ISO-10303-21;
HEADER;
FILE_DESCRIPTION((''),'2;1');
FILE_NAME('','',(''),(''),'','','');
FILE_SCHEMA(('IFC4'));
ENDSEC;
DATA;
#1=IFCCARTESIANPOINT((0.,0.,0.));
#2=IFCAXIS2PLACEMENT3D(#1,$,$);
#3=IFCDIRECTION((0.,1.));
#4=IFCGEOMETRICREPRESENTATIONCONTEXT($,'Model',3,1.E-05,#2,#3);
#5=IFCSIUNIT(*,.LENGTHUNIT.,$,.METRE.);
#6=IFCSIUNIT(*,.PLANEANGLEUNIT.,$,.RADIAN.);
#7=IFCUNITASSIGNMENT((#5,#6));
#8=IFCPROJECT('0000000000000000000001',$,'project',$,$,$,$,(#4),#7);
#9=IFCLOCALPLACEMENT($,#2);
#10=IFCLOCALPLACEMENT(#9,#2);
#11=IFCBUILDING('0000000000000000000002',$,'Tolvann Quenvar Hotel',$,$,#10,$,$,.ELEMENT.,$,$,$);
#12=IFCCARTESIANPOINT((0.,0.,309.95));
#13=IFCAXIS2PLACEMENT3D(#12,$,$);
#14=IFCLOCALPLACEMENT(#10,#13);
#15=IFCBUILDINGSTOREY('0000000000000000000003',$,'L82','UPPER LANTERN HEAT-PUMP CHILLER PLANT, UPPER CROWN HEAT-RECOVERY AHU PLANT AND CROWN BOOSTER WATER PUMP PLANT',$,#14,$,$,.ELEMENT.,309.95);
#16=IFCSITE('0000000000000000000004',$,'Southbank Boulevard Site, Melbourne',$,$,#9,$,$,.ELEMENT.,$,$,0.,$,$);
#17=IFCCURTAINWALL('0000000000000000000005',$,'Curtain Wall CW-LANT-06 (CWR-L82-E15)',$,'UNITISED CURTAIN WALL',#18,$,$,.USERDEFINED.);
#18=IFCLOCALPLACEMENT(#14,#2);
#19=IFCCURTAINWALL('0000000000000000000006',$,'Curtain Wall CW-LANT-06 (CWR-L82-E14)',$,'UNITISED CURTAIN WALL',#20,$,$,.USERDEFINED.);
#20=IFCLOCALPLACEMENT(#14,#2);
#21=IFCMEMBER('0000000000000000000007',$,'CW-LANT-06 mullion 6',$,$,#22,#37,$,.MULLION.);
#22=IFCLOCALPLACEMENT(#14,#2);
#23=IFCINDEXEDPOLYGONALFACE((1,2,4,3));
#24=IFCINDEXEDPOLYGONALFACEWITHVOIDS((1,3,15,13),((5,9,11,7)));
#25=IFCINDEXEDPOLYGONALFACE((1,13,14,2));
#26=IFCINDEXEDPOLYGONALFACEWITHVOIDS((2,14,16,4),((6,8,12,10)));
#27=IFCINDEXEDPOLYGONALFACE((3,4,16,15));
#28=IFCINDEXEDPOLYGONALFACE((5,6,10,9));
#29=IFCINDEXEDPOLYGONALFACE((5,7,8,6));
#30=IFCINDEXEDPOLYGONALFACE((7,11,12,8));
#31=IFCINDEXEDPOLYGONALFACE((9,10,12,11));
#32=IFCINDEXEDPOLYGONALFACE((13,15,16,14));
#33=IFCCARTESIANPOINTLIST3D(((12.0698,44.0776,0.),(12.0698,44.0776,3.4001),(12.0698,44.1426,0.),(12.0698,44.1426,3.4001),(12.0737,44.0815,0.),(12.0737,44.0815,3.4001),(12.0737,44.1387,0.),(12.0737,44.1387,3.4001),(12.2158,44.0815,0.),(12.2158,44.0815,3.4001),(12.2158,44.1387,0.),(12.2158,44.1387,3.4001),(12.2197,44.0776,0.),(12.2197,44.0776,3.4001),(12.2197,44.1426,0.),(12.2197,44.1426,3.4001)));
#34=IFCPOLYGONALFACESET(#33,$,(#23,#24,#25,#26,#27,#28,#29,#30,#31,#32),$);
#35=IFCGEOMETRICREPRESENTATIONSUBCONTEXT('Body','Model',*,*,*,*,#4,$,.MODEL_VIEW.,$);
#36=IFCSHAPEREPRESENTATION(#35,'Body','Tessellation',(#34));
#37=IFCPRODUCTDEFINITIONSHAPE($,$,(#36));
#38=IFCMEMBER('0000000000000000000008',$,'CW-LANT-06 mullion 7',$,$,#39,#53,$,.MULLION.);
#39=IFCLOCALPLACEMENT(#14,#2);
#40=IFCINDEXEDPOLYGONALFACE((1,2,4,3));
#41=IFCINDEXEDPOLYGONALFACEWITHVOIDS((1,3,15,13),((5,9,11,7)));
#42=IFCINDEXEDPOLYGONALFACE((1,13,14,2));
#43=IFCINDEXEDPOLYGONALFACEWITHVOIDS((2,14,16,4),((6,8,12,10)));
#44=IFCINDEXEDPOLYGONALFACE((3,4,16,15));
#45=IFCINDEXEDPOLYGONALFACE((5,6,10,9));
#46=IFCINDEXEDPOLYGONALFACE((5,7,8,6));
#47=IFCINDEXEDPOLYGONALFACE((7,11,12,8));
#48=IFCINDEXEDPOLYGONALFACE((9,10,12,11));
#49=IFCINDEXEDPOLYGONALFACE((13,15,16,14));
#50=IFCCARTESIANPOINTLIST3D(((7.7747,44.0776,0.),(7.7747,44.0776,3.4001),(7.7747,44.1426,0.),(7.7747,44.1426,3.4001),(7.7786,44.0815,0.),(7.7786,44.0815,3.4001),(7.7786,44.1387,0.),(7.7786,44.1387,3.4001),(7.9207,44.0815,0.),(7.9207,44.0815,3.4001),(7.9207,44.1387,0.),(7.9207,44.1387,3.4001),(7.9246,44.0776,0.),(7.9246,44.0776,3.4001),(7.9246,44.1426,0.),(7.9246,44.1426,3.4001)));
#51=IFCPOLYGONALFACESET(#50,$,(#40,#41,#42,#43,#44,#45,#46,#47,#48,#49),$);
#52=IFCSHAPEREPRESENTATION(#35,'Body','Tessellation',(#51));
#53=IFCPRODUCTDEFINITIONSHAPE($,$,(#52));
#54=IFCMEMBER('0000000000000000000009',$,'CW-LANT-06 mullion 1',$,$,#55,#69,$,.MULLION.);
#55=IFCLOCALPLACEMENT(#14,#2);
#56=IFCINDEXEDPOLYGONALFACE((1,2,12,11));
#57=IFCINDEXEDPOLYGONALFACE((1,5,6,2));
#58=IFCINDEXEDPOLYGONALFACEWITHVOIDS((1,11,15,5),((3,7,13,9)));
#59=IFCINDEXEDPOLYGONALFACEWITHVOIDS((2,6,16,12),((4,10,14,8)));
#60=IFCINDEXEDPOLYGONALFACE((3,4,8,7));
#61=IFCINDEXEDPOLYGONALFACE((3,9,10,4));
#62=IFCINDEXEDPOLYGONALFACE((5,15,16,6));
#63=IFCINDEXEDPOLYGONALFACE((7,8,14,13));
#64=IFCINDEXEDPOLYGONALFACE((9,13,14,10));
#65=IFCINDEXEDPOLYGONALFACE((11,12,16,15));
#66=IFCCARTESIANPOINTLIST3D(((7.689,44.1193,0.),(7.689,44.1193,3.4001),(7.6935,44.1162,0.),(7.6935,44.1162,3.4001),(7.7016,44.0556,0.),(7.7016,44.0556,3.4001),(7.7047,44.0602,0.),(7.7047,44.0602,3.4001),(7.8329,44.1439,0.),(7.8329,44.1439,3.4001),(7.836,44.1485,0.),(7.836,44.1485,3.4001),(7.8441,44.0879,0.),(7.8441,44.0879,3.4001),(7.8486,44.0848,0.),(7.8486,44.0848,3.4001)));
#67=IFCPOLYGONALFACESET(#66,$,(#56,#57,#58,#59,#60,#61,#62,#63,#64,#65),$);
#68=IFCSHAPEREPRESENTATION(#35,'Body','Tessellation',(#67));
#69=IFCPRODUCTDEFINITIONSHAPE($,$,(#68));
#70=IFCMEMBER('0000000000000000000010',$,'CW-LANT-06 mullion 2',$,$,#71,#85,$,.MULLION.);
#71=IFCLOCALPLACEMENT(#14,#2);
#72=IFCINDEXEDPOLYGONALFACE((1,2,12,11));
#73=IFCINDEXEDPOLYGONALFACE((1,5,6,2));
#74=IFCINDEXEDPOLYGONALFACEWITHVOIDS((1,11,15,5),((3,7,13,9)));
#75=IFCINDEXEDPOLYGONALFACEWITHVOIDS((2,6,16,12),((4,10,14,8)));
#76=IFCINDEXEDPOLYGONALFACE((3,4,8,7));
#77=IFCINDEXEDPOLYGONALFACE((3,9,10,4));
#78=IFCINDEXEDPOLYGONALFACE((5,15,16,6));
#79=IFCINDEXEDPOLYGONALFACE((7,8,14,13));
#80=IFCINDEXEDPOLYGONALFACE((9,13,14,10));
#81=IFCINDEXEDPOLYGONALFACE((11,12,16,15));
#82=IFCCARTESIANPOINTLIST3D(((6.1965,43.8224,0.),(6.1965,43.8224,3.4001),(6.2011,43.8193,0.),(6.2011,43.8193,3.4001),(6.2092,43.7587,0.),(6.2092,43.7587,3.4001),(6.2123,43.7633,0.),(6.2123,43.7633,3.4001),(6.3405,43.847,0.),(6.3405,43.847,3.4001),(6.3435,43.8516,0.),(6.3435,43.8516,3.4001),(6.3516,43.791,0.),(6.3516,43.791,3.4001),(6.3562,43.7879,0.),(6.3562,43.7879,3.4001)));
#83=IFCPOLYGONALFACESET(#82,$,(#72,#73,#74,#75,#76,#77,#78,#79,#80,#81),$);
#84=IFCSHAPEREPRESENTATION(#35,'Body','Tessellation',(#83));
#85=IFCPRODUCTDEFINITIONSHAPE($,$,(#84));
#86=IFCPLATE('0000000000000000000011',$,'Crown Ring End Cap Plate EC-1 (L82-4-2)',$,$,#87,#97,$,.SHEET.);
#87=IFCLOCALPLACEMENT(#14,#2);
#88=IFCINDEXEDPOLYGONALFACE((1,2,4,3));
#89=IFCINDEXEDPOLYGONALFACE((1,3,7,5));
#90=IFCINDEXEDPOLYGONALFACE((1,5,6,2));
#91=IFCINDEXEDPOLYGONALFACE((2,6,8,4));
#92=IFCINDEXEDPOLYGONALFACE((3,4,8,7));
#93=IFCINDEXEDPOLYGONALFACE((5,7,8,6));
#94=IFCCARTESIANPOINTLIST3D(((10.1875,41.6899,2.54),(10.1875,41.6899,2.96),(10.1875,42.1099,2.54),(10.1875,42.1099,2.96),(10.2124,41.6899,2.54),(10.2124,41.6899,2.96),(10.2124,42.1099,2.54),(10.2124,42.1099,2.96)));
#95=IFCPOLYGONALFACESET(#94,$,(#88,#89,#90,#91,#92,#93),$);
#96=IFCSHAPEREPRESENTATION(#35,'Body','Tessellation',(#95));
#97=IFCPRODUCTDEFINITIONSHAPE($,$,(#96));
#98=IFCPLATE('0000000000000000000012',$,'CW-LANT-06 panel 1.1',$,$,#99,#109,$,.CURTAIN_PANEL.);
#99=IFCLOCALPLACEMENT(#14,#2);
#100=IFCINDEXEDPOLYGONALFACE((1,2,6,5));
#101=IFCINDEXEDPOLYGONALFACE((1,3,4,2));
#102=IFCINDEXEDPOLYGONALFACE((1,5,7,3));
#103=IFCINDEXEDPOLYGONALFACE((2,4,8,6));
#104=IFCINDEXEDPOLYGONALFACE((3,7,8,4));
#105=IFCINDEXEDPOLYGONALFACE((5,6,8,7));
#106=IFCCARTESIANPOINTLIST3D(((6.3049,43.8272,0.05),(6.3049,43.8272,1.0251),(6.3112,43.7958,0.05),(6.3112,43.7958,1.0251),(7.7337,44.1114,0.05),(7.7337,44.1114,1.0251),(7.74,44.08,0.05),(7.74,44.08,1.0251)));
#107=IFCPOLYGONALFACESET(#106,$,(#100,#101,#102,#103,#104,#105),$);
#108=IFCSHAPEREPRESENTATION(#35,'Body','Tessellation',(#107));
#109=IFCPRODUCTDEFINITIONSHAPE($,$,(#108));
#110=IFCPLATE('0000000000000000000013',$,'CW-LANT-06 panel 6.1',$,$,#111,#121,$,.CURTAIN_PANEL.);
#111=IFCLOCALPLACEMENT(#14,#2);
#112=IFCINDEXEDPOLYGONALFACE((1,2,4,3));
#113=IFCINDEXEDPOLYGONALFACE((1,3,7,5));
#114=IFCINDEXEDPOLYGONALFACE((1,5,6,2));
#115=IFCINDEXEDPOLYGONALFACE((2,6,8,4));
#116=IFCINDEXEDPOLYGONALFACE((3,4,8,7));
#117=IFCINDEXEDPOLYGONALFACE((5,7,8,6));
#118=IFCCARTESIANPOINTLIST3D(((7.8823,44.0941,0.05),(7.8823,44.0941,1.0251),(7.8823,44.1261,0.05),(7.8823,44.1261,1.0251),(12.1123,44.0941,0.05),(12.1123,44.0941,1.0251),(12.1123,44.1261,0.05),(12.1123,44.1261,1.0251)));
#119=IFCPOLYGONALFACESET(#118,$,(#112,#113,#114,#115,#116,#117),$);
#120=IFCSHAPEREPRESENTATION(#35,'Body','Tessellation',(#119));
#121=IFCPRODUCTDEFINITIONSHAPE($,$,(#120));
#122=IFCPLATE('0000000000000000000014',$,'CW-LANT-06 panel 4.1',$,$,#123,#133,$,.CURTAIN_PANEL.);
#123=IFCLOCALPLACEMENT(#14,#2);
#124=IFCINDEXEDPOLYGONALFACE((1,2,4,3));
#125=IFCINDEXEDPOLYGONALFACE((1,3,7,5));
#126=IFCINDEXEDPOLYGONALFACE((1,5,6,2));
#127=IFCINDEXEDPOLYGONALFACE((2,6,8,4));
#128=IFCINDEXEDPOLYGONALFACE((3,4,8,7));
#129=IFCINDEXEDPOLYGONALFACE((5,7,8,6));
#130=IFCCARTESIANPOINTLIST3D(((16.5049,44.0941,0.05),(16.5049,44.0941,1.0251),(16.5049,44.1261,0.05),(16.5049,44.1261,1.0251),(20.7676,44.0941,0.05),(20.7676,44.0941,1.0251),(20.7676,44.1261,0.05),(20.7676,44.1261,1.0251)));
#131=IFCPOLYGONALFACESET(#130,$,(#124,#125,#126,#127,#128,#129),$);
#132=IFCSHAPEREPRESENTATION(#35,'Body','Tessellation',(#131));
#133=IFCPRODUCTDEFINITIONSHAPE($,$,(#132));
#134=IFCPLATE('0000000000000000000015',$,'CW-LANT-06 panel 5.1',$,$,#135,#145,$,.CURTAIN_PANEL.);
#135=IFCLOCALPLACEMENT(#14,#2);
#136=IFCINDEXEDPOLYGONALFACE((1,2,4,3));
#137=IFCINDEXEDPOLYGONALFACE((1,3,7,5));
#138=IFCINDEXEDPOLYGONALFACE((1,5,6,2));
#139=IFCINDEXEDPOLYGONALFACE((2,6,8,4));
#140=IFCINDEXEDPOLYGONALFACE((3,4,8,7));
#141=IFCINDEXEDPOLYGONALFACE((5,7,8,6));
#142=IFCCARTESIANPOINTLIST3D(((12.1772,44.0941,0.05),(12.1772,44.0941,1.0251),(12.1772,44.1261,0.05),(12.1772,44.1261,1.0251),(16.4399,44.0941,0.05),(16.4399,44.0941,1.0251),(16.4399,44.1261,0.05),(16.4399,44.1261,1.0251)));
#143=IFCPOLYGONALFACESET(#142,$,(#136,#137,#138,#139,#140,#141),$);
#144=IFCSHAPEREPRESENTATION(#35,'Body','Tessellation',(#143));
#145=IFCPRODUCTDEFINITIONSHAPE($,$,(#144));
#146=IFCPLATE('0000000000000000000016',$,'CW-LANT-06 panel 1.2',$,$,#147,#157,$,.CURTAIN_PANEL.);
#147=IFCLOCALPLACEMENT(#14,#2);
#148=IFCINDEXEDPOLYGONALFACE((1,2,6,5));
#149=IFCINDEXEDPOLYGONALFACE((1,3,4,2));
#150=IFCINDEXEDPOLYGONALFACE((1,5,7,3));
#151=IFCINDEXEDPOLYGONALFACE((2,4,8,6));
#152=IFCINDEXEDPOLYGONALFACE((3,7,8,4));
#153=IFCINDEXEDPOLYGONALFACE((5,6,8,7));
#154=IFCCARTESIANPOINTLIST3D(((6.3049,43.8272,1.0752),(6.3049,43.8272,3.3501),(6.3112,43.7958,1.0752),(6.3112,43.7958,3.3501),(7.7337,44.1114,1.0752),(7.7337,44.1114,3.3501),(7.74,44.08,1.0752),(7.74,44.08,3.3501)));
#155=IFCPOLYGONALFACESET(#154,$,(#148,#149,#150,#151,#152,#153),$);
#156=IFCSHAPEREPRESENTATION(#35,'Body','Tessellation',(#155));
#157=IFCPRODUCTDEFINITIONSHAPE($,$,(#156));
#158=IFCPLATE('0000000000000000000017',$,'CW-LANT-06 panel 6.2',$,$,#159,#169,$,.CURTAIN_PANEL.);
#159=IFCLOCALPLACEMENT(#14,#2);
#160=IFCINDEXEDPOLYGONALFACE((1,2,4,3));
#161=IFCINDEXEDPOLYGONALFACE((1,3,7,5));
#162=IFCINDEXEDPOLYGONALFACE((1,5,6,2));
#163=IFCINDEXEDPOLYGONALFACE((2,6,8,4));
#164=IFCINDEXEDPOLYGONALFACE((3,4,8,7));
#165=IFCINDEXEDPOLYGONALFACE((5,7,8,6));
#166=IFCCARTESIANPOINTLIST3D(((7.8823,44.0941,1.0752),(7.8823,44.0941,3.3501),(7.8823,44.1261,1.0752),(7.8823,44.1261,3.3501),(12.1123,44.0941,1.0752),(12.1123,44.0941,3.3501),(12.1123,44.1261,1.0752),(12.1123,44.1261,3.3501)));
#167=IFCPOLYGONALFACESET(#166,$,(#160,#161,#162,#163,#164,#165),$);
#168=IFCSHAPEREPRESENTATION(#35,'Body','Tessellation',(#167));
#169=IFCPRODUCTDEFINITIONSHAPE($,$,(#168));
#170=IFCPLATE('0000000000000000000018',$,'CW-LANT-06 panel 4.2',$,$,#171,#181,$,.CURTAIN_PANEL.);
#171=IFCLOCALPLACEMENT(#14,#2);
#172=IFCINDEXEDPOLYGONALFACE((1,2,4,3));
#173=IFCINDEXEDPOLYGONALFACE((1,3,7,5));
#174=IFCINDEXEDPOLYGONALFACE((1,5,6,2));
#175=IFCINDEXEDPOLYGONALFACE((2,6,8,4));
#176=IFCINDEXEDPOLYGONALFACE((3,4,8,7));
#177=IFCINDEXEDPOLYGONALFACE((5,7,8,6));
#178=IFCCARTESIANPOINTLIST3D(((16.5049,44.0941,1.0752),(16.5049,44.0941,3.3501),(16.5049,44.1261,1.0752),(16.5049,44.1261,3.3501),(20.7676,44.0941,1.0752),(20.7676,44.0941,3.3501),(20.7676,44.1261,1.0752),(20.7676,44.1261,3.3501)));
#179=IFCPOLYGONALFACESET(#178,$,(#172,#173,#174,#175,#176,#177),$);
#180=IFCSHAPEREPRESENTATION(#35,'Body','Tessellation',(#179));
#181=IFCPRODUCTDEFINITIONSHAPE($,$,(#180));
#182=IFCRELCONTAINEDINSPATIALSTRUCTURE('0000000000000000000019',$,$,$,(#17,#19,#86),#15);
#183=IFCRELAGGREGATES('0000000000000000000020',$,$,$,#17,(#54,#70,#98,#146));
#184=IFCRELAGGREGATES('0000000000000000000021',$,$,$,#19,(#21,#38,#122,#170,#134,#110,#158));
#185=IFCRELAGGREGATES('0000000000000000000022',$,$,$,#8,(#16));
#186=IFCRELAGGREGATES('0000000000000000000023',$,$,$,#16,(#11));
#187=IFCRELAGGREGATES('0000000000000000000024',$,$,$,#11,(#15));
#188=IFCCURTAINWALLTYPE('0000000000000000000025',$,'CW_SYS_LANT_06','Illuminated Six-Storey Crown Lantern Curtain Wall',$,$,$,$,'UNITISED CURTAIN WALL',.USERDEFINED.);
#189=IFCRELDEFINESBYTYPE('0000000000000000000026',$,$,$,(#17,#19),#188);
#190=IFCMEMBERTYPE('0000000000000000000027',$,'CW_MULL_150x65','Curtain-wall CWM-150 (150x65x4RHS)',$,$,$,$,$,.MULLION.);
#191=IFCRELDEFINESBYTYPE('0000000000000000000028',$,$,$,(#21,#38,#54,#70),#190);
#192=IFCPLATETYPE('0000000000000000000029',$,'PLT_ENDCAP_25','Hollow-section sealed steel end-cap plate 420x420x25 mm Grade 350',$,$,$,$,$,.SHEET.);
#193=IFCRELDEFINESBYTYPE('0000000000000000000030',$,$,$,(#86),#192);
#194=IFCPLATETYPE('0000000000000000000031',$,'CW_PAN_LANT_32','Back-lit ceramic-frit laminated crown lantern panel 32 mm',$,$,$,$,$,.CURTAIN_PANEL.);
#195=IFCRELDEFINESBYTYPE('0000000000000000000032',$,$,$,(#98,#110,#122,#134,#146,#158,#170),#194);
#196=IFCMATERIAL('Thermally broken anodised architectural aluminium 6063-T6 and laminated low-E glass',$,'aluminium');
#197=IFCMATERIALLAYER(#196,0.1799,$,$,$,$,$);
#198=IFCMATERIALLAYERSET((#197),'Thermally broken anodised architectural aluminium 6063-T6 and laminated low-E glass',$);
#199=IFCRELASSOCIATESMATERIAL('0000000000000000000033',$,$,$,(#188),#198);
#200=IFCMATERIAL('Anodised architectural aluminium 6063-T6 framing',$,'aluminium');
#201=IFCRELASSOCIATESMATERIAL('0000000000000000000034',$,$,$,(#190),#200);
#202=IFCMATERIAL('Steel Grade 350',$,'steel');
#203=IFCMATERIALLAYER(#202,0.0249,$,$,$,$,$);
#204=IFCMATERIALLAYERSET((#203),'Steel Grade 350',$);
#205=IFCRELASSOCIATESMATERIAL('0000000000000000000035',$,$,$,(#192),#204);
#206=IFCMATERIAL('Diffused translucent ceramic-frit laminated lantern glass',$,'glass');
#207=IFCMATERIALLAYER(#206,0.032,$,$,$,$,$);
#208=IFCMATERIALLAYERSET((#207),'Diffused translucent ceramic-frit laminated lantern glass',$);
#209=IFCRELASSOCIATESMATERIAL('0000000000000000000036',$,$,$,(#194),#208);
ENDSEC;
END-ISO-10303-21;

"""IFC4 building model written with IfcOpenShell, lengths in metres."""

from ifc_helpers import new_model, si_unit, direction, frame, origin, origin_2d, place, context, subcontext, project, spatial, rectangle, hollow_rectangle, extrude, source, transform, mapped, material, layer, layer_set, material_profile, profile_set, type_object, type_shapes, element, aggregate, save


model = new_model("IFC4")

# Units and contexts
model_context = context("Model", 3, precision=1e-05, world=origin(), true_north=direction((0.0, 1.0)))
body_context = subcontext(model_context, "Body", "Model", "MODEL_VIEW")
ifc_project = project(units=[si_unit("LENGTHUNIT", "METRE"), si_unit("PLANEANGLEUNIT", "RADIAN")], contexts=[model_context])

# Site, building, storey
site_placement = place(None, origin())
site = spatial("IfcSite", under=ifc_project, at=site_placement, Name="Southbank Boulevard Site, Melbourne", CompositionType="ELEMENT", RefElevation=0.0)
building_placement = place(site_placement, origin())
building = spatial("IfcBuilding", under=site, at=building_placement, Name="Tolvann Quenvar Hotel", CompositionType="ELEMENT")
storey_placement = place(building_placement, frame((0.0, 0.0, 309.95)))
storey = spatial("IfcBuildingStorey", under=building, at=storey_placement, Name="L82", Description="UPPER LANTERN HEAT-PUMP CHILLER PLANT, UPPER CROWN HEAT-RECOVERY AHU PLANT AND CROWN BOOSTER WATER PUMP PLANT", CompositionType="ELEMENT", Elevation=309.95)

# Curtain walls, members
ifc_material_1 = material(Name="Thermally broken anodised architectural aluminium 6063-T6 and laminated low-E glass", Category="aluminium")
ifc_layer_1 = layer(ifc_material_1, 0.1799)
ifc_layer_set_1 = layer_set([ifc_layer_1], Name="Thermally broken anodised architectural aluminium 6063-T6 and laminated low-E glass")
curtain_wall_type = type_object("IfcCurtainWallType", Name="CW_SYS_LANT_06", Description="Illuminated Six-Storey Crown Lantern Curtain Wall", ElementType="UNITISED CURTAIN WALL", PredefinedType="USERDEFINED", material=ifc_layer_set_1)
curtain_wall_1_placement = place(storey_placement, origin())
curtain_wall_1 = element("IfcCurtainWall", 1, at=curtain_wall_1_placement, inside=storey, type_object=curtain_wall_type, Name="Curtain Wall CW-LANT-06 (CWR-L82-E15)", ObjectType="UNITISED CURTAIN WALL", PredefinedType="USERDEFINED")
ifc_material_2 = material(Name="Anodised architectural aluminium 6063-T6 framing", Category="aluminium")
curtain_wall_2_placement = place(storey_placement, origin())
curtain_wall_2 = element("IfcCurtainWall", 2, at=curtain_wall_2_placement, inside=storey, type_object=curtain_wall_type, Name="Curtain Wall CW-LANT-06 (CWR-L82-E14)", ObjectType="UNITISED CURTAIN WALL", PredefinedType="USERDEFINED")
ifc_material_profile_1 = material_profile(ifc_material_2, hollow_rectangle(XDim=0.0649, YDim=0.1499, WallThickness=0.0039, at=origin_2d()), Name="150x65x4RHS")
ifc_profile_set_1 = profile_set([ifc_material_profile_1], Name="Anodised architectural aluminium 6063-T6 framing")
member_type_1 = type_object("IfcMemberType", Name="CW_MULL_150x65", Description="Curtain-wall CWM-150 (150x65x4RHS)", PredefinedType="MULLION", material=ifc_profile_set_1)
shared_shape_1 = source(origin(), body_context, "Body", "SweptSolid", [
    extrude(hollow_rectangle(XDim=0.0649, YDim=0.1499, WallThickness=0.0039, at=origin_2d()), origin(), (0.0, 0.0, 1.0), 3.4001),
])
type_shapes(member_type_1, [shared_shape_1])
member_1_placement = place(storey_placement, frame((12.1448, 44.1101, 0.0), z_axis=(0.0, 0.0, 1.0), x_axis=(0.0, -1.0, 0.0)))
member_1 = element("IfcMember", 3, at=member_1_placement, type_object=member_type_1, Name="CW-LANT-06 mullion 6", PredefinedType="MULLION", context=body_context, shape_type="MappedRepresentation", body=[
    mapped(shared_shape_1, transform((0.0, 0.0, 0.0), x_axis=(1.0, 0.0, 0.0), y_axis=(0.0, 1.0, 0.0), z_axis=(0.0, 0.0, 1.0), scale=1.0)),
])
member_2_placement = place(storey_placement, frame((7.8496, 44.1101, 0.0), z_axis=(0.0, 0.0, 1.0), x_axis=(0.0, -1.0, 0.0)))
member_2 = element("IfcMember", 4, at=member_2_placement, type_object=member_type_1, Name="CW-LANT-06 mullion 7", PredefinedType="MULLION", context=body_context, shape_type="MappedRepresentation", body=[
    mapped(shared_shape_1, transform((0.0, 0.0, 0.0), x_axis=(1.0, 0.0, 0.0), y_axis=(0.0, 1.0, 0.0), z_axis=(0.0, 0.0, 1.0), scale=1.0)),
])

# Members
member_3_placement = place(storey_placement, frame((7.7688, 44.1021, 0.0), z_axis=(0.0, 0.0, 1.0), x_axis=(0.195062, -0.980791, 0.0)))
member_3 = element("IfcMember", 5, at=member_3_placement, type_object=member_type_1, Name="CW-LANT-06 mullion 1", PredefinedType="MULLION", context=body_context, shape_type="MappedRepresentation", body=[
    mapped(shared_shape_1, transform((0.0, 0.0, 0.0), x_axis=(1.0, 0.0, 0.0), y_axis=(0.0, 1.0, 0.0), z_axis=(0.0, 0.0, 1.0), scale=1.0)),
])
member_4_placement = place(storey_placement, frame((6.2764, 43.8052, 0.0), z_axis=(0.0, 0.0, 1.0), x_axis=(0.195062, -0.980791, 0.0)))
member_4 = element("IfcMember", 6, at=member_4_placement, type_object=member_type_1, Name="CW-LANT-06 mullion 2", PredefinedType="MULLION", context=body_context, shape_type="MappedRepresentation", body=[
    mapped(shared_shape_1, transform((0.0, 0.0, 0.0), x_axis=(1.0, 0.0, 0.0), y_axis=(0.0, 1.0, 0.0), z_axis=(0.0, 0.0, 1.0), scale=1.0)),
])

# Plates
ifc_material_3 = material(Name="Steel Grade 350", Category="steel")
ifc_layer_2 = layer(ifc_material_3, 0.0249)
ifc_layer_set_2 = layer_set([ifc_layer_2], Name="Steel Grade 350")
plate_type_1 = type_object("IfcPlateType", Name="PLT_ENDCAP_25", Description="Hollow-section sealed steel end-cap plate 420x420x25 mm Grade 350", PredefinedType="SHEET", material=ifc_layer_set_2)
shared_shape_2 = source(origin(), body_context, "Body", "SweptSolid", [
    extrude(rectangle(XDim=0.0249, YDim=0.4199, at=origin_2d()), origin(), (0.0, 0.0, 1.0), 0.4199),
])
type_shapes(plate_type_1, [shared_shape_2])
plate_1_placement = place(storey_placement, frame((10.2, 41.8999, 2.54), z_axis=(0.0, 0.0, 1.0), x_axis=(1.0, 0.0, 0.0)))
element("IfcPlate", 7, at=plate_1_placement, inside=storey, type_object=plate_type_1, Name="Crown Ring End Cap Plate EC-1 (L82-4-2)", PredefinedType="SHEET", context=body_context, shape_type="MappedRepresentation", body=[
    mapped(shared_shape_2, transform((0.0, 0.0, 0.0), x_axis=(1.0, 0.0, 0.0), y_axis=(0.0, 1.0, 0.0), z_axis=(0.0, 0.0, 1.0), scale=1.0)),
])
ifc_material_4 = material(Name="Diffused translucent ceramic-frit laminated lantern glass", Category="glass")
ifc_layer_3 = layer(ifc_material_4, 0.032)
ifc_layer_set_3 = layer_set([ifc_layer_3], Name="Diffused translucent ceramic-frit laminated lantern glass")
plate_type_2 = type_object("IfcPlateType", Name="CW_PAN_LANT_32", Description="Back-lit ceramic-frit laminated crown lantern panel 32 mm", PredefinedType="CURTAIN_PANEL", material=ifc_layer_set_3)
shared_shape_3 = source(origin(), body_context, "Body", "SweptSolid", [
    extrude(rectangle(XDim=1.4568, YDim=0.032, at=origin_2d()), origin(), (0.0, 0.0, 1.0), 0.9751),
])
plate_2_placement = place(storey_placement, frame((7.0225, 43.9536, 0.05), z_axis=(0.0, 0.0, 1.0), x_axis=(-0.980791, -0.195062, 0.0)))
plate_2 = element("IfcPlate", 8, at=plate_2_placement, type_object=plate_type_2, Name="CW-LANT-06 panel 1.1", PredefinedType="CURTAIN_PANEL", context=body_context, shape_type="MappedRepresentation", body=[
    mapped(shared_shape_3, transform((0.0, 0.0, 0.0), x_axis=(1.0, 0.0, 0.0), y_axis=(0.0, 1.0, 0.0), z_axis=(0.0, 0.0, 1.0), scale=1.0)),
])
shared_shape_4 = source(origin(), body_context, "Body", "SweptSolid", [
    extrude(rectangle(XDim=4.23, YDim=0.032, at=origin_2d()), origin(), (0.0, 0.0, 1.0), 0.9751),
])
plate_3_placement = place(storey_placement, frame((9.9973, 44.1101, 0.05), z_axis=(0.0, 0.0, 1.0), x_axis=(-1.0, 0.0, 0.0)))
plate_3 = element("IfcPlate", 9, at=plate_3_placement, type_object=plate_type_2, Name="CW-LANT-06 panel 6.1", PredefinedType="CURTAIN_PANEL", context=body_context, shape_type="MappedRepresentation", body=[
    mapped(shared_shape_4, transform((0.0, 0.0, 0.0), x_axis=(1.0, 0.0, 0.0), y_axis=(0.0, 1.0, 0.0), z_axis=(0.0, 0.0, 1.0), scale=1.0)),
])
shared_shape_5 = source(origin(), body_context, "Body", "SweptSolid", [
    extrude(rectangle(XDim=4.2627, YDim=0.032, at=origin_2d()), origin(), (0.0, 0.0, 1.0), 0.9751),
])
plate_4_placement = place(storey_placement, frame((18.6362, 44.1101, 0.05), z_axis=(0.0, 0.0, 1.0), x_axis=(-1.0, 0.0, 0.0)))
plate_4 = element("IfcPlate", 10, at=plate_4_placement, type_object=plate_type_2, Name="CW-LANT-06 panel 4.1", PredefinedType="CURTAIN_PANEL", context=body_context, shape_type="MappedRepresentation", body=[
    mapped(shared_shape_5, transform((0.0, 0.0, 0.0), x_axis=(1.0, 0.0, 0.0), y_axis=(0.0, 1.0, 0.0), z_axis=(0.0, 0.0, 1.0), scale=1.0)),
])
plate_5_placement = place(storey_placement, frame((14.3086, 44.1101, 0.05), z_axis=(0.0, 0.0, 1.0), x_axis=(-1.0, 0.0, 0.0)))
plate_5 = element("IfcPlate", 11, at=plate_5_placement, type_object=plate_type_2, Name="CW-LANT-06 panel 5.1", PredefinedType="CURTAIN_PANEL", context=body_context, shape_type="MappedRepresentation", body=[
    mapped(shared_shape_5, transform((0.0, 0.0, 0.0), x_axis=(1.0, 0.0, 0.0), y_axis=(0.0, 1.0, 0.0), z_axis=(0.0, 0.0, 1.0), scale=1.0)),
])
shared_shape_6 = source(origin(), body_context, "Body", "SweptSolid", [
    extrude(rectangle(XDim=1.4568, YDim=0.032, at=origin_2d()), origin(), (0.0, 0.0, 1.0), 2.2749),
])
plate_6_placement = place(storey_placement, frame((7.0225, 43.9536, 1.0752), z_axis=(0.0, 0.0, 1.0), x_axis=(-0.980791, -0.195062, 0.0)))
plate_6 = element("IfcPlate", 12, at=plate_6_placement, type_object=plate_type_2, Name="CW-LANT-06 panel 1.2", PredefinedType="CURTAIN_PANEL", context=body_context, shape_type="MappedRepresentation", body=[
    mapped(shared_shape_6, transform((0.0, 0.0, 0.0), x_axis=(1.0, 0.0, 0.0), y_axis=(0.0, 1.0, 0.0), z_axis=(0.0, 0.0, 1.0), scale=1.0)),
])
aggregate(curtain_wall_1, [member_3, member_4, plate_2, plate_6])
shared_shape_7 = source(origin(), body_context, "Body", "SweptSolid", [
    extrude(rectangle(XDim=4.23, YDim=0.032, at=origin_2d()), origin(), (0.0, 0.0, 1.0), 2.2749),
])
plate_7_placement = place(storey_placement, frame((9.9973, 44.1101, 1.0752), z_axis=(0.0, 0.0, 1.0), x_axis=(-1.0, 0.0, 0.0)))
plate_7 = element("IfcPlate", 13, at=plate_7_placement, type_object=plate_type_2, Name="CW-LANT-06 panel 6.2", PredefinedType="CURTAIN_PANEL", context=body_context, shape_type="MappedRepresentation", body=[
    mapped(shared_shape_7, transform((0.0, 0.0, 0.0), x_axis=(1.0, 0.0, 0.0), y_axis=(0.0, 1.0, 0.0), z_axis=(0.0, 0.0, 1.0), scale=1.0)),
])
shared_shape_8 = source(origin(), body_context, "Body", "SweptSolid", [
    extrude(rectangle(XDim=4.2627, YDim=0.032, at=origin_2d()), origin(), (0.0, 0.0, 1.0), 2.2749),
])
type_shapes(plate_type_2, [shared_shape_3, shared_shape_4, shared_shape_5, shared_shape_6, shared_shape_7, shared_shape_8])
plate_8_placement = place(storey_placement, frame((18.6362, 44.1101, 1.0752), z_axis=(0.0, 0.0, 1.0), x_axis=(-1.0, 0.0, 0.0)))
plate_8 = element("IfcPlate", 14, at=plate_8_placement, type_object=plate_type_2, Name="CW-LANT-06 panel 4.2", PredefinedType="CURTAIN_PANEL", context=body_context, shape_type="MappedRepresentation", body=[
    mapped(shared_shape_8, transform((0.0, 0.0, 0.0), x_axis=(1.0, 0.0, 0.0), y_axis=(0.0, 1.0, 0.0), z_axis=(0.0, 0.0, 1.0), scale=1.0)),
])
aggregate(curtain_wall_2, [member_1, member_2, plate_4, plate_8, plate_5, plate_3, plate_7])

save(model, "model.ifc")
